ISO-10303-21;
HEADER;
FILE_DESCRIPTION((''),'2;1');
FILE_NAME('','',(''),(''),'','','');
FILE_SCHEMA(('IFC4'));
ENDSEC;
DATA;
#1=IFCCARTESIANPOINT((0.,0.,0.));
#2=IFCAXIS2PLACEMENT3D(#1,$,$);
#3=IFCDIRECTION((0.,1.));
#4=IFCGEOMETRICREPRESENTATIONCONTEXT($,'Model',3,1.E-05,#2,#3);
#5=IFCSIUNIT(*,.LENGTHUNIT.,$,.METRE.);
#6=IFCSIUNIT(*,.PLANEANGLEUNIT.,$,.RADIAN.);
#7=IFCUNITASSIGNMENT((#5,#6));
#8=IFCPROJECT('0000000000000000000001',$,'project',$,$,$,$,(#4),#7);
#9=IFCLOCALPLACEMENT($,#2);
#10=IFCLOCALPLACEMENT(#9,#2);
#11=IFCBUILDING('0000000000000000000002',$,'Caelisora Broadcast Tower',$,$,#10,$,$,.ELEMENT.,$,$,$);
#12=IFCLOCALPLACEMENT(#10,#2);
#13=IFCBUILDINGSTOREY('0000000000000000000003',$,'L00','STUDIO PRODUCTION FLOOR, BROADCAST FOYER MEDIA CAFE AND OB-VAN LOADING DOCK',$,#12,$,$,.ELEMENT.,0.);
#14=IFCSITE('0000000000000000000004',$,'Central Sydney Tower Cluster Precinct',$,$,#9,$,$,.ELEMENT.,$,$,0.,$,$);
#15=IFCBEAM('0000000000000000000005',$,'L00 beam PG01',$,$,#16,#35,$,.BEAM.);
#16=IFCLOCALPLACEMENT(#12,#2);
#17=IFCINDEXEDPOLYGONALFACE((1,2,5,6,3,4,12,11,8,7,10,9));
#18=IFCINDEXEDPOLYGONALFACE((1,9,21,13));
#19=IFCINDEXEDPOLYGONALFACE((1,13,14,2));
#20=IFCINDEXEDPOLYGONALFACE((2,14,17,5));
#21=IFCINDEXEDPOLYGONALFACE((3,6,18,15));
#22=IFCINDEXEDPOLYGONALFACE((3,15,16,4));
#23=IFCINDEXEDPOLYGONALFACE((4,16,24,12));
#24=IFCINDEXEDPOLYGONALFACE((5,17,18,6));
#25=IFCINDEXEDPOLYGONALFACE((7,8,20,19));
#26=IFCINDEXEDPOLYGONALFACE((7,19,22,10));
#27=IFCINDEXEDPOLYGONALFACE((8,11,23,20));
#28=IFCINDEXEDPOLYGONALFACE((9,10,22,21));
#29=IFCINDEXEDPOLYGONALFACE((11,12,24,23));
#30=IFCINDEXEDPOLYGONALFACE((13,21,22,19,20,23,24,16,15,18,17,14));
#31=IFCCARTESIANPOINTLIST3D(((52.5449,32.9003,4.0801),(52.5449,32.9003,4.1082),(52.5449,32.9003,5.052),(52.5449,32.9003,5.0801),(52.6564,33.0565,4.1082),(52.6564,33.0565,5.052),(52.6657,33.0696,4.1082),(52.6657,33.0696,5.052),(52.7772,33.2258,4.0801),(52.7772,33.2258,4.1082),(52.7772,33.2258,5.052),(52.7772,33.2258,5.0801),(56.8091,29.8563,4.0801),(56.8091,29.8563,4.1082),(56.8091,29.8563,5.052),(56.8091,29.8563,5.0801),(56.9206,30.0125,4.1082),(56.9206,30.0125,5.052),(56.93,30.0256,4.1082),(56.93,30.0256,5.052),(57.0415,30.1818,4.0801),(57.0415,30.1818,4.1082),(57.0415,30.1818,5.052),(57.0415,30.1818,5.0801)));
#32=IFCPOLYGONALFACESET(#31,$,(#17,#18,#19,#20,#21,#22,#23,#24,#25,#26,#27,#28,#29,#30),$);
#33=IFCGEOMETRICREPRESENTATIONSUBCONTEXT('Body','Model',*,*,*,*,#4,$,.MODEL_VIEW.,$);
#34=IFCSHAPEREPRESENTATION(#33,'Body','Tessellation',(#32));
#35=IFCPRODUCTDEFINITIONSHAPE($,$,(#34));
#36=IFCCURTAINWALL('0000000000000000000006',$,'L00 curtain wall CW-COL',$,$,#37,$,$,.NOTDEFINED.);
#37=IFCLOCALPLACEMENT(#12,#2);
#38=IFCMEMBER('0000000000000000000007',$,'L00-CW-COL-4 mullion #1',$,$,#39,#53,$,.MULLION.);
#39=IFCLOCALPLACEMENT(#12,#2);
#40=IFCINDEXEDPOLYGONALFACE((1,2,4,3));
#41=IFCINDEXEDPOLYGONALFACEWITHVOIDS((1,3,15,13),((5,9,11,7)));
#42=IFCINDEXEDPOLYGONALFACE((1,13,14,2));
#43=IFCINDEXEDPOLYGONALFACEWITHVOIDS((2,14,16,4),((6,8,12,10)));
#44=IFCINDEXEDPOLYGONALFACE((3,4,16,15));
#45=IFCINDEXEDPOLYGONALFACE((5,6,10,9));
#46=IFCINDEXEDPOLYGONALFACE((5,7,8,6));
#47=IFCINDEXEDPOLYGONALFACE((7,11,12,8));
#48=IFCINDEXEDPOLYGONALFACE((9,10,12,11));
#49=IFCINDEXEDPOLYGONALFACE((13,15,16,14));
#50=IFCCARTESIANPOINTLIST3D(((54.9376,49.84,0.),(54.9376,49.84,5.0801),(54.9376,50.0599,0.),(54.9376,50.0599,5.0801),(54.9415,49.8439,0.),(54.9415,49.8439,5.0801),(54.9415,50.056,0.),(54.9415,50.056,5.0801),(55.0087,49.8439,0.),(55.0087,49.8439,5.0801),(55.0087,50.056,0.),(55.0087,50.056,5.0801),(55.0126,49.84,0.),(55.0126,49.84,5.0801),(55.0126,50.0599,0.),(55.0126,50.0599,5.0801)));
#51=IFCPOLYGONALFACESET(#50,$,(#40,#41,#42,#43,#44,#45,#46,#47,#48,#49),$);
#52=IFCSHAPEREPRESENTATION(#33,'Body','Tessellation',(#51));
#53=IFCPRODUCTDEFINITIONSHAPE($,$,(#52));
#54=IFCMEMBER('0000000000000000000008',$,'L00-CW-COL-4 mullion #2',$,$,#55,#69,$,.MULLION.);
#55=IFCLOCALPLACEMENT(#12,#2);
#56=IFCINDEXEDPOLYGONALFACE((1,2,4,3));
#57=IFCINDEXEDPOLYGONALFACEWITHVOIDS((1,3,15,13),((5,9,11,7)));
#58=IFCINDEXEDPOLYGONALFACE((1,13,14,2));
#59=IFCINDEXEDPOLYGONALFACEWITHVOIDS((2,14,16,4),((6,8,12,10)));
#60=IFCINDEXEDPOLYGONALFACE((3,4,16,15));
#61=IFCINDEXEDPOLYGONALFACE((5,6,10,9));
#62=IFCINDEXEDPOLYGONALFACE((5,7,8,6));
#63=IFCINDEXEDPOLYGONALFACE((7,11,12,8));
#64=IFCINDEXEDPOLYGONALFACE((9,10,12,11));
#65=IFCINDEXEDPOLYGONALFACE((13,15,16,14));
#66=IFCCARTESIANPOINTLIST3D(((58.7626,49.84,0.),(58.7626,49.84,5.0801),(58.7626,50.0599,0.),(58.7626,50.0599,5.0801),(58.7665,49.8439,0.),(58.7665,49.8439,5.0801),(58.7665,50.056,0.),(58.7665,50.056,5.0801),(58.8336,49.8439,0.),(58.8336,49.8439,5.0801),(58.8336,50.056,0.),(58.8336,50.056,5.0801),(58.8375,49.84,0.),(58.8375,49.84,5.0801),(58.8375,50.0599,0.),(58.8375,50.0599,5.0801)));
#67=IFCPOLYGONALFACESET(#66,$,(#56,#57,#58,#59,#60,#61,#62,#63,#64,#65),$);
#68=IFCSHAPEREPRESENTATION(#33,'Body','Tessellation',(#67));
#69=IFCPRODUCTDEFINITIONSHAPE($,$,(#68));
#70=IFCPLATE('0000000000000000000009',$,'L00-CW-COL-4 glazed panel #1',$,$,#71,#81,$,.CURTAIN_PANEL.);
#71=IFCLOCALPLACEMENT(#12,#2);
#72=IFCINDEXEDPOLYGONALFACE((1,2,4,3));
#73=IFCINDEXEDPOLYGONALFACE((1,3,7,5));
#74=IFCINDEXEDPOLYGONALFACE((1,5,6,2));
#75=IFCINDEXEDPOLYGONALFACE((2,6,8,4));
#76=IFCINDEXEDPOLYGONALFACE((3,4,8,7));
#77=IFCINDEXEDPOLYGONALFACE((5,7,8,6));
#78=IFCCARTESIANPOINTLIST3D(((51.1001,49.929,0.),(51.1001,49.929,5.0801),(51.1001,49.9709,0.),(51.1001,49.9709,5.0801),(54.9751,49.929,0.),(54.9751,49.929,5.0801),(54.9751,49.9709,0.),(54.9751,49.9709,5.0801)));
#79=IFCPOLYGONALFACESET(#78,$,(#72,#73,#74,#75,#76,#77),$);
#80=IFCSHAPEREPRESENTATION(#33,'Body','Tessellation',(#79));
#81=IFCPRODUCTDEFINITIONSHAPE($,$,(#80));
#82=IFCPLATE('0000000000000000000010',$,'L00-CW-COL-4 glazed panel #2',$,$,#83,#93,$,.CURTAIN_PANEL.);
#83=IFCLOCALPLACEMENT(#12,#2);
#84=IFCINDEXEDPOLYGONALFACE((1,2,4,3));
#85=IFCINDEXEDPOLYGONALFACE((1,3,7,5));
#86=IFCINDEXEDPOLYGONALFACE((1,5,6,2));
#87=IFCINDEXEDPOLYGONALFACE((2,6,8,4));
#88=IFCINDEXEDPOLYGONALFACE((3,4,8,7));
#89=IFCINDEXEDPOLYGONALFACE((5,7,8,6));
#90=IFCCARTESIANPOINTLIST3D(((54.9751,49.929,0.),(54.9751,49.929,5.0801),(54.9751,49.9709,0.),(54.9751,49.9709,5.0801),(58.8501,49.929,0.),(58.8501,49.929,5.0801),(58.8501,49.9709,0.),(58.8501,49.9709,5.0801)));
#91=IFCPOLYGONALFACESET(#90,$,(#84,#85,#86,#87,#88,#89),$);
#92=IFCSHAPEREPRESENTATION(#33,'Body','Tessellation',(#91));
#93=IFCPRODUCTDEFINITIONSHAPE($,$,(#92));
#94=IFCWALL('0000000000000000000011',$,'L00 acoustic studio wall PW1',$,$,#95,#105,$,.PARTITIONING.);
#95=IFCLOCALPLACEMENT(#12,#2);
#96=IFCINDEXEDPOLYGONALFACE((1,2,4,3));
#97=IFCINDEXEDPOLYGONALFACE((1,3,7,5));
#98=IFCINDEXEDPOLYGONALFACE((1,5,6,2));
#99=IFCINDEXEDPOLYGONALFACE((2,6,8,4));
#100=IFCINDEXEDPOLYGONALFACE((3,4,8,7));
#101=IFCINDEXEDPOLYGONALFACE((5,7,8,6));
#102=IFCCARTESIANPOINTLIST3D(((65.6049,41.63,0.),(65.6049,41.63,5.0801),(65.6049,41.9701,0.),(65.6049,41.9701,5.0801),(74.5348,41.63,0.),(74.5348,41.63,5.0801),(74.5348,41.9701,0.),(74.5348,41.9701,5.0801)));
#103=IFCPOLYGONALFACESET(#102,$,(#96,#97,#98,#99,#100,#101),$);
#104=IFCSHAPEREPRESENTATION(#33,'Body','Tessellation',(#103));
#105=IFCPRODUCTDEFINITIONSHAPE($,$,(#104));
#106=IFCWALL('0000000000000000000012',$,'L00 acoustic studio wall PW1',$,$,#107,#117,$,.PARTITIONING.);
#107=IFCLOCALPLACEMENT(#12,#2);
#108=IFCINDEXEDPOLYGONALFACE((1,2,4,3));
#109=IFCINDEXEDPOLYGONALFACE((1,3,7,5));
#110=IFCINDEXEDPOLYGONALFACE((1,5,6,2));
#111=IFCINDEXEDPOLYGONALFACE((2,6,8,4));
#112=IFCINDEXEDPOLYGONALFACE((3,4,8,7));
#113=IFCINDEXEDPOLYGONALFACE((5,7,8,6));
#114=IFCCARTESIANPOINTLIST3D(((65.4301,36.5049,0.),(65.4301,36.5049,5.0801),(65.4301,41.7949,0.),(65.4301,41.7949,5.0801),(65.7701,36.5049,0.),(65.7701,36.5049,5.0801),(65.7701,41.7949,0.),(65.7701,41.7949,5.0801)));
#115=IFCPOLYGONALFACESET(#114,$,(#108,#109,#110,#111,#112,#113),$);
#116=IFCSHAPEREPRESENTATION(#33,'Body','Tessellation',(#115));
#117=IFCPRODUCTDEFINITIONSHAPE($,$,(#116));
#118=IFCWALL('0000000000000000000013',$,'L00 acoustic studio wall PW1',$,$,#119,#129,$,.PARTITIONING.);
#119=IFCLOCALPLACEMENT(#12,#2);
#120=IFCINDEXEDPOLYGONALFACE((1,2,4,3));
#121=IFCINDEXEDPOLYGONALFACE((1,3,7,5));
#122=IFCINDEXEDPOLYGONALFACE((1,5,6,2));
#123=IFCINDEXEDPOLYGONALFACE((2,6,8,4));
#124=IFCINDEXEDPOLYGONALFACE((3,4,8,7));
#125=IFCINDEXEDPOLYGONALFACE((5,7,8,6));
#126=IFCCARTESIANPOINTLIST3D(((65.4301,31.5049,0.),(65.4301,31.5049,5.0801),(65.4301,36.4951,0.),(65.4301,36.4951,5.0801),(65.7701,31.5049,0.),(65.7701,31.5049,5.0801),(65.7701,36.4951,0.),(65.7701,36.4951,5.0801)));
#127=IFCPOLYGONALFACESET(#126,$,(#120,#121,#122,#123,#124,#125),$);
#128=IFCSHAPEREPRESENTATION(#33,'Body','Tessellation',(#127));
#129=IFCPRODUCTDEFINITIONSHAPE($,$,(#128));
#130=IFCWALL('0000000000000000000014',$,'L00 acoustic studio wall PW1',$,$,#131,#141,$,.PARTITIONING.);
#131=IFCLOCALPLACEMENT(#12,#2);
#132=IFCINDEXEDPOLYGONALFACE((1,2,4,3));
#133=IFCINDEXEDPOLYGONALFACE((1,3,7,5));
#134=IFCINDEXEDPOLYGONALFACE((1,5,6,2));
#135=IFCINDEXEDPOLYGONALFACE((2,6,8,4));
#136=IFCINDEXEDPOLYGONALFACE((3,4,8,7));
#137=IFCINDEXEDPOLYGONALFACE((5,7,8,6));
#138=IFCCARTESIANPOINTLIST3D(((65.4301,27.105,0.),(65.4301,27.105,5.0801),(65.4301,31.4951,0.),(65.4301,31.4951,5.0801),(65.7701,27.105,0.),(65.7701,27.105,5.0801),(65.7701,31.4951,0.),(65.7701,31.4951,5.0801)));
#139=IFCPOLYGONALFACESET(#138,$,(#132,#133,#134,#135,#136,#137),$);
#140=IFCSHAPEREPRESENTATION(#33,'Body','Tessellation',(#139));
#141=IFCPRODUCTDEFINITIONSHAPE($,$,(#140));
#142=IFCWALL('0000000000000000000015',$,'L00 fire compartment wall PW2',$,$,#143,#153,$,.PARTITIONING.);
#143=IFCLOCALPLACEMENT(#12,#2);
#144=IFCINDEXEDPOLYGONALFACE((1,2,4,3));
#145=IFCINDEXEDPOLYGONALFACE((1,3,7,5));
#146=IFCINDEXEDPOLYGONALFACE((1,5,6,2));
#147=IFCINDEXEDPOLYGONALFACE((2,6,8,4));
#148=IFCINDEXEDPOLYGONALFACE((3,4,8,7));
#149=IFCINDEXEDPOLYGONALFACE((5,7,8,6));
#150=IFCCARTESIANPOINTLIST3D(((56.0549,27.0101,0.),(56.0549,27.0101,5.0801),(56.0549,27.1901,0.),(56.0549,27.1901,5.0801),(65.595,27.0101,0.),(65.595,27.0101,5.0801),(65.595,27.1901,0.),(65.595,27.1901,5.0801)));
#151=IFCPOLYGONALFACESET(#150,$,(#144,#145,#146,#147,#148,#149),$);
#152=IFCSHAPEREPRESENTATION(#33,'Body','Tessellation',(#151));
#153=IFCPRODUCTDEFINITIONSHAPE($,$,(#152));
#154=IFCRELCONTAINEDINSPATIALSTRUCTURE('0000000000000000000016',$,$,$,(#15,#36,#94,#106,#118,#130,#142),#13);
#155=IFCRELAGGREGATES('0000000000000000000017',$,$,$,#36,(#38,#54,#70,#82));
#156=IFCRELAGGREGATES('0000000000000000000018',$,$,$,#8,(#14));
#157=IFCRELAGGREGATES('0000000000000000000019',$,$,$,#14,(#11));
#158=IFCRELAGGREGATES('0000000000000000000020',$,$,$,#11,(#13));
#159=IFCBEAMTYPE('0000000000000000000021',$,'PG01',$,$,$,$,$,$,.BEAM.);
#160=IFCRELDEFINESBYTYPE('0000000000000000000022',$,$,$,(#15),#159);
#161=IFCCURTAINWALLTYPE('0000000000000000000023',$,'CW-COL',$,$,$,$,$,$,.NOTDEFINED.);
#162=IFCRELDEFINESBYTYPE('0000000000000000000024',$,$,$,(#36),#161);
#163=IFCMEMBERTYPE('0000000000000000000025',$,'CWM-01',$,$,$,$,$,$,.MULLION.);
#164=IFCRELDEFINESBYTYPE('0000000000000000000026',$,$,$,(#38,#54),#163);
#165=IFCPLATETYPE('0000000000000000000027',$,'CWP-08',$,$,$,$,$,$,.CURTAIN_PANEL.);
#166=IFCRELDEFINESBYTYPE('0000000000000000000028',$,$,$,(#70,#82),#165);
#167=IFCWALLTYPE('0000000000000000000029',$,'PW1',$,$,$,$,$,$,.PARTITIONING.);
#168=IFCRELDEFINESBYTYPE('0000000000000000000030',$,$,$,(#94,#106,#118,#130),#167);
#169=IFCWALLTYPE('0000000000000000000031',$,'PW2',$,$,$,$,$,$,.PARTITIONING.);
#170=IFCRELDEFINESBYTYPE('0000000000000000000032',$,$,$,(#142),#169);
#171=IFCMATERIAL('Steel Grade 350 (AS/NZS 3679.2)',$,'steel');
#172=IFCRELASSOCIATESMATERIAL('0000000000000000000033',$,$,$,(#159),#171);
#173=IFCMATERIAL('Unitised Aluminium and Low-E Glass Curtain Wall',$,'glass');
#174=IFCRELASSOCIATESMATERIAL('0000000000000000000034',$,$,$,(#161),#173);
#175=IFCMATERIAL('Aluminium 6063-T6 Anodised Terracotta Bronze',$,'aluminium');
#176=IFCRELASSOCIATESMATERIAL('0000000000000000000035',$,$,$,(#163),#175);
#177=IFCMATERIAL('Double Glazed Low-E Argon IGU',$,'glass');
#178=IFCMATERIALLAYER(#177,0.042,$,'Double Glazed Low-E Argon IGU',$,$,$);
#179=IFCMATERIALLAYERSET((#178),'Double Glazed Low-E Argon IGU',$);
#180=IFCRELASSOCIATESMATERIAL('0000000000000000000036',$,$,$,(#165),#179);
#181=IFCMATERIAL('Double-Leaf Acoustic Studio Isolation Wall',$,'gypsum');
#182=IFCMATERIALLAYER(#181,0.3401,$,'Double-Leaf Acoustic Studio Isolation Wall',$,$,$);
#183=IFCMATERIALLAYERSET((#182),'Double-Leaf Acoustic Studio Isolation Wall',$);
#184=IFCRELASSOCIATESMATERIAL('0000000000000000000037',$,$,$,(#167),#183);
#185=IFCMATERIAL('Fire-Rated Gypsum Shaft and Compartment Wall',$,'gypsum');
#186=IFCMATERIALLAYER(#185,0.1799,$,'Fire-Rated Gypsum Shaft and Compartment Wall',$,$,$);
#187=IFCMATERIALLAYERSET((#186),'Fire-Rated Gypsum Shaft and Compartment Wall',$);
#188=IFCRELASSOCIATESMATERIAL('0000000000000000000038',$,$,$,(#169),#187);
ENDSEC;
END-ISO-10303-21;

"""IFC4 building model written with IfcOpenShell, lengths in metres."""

from ifc_helpers import new_model, si_unit, direction, frame, frame_2d, origin, origin_2d, place, context, subcontext, project, spatial, rectangle, hollow_rectangle, i_section, extrude, source, transform, mapped, material, layer, layer_set, material_profile, profile_set, type_object, type_shapes, element, aggregate, save


model = new_model("IFC4")

# Units and contexts
model_context = context("Model", 3, precision=1e-05, world=origin(), true_north=direction((0.0, 1.0)))
body_context = subcontext(model_context, "Body", "Model", "MODEL_VIEW")
ifc_project = project(units=[si_unit("LENGTHUNIT", "METRE"), si_unit("PLANEANGLEUNIT", "RADIAN")], contexts=[model_context])

# Site, building, storey
site_placement = place(None, origin())
site = spatial("IfcSite", under=ifc_project, at=site_placement, Name="Central Sydney Tower Cluster Precinct", CompositionType="ELEMENT", RefElevation=0.0)
building_placement = place(site_placement, origin())
building = spatial("IfcBuilding", under=site, at=building_placement, Name="Caelisora Broadcast Tower", CompositionType="ELEMENT")
storey_placement = place(building_placement, origin())
storey = spatial("IfcBuildingStorey", under=building, at=storey_placement, Name="L00", Description="STUDIO PRODUCTION FLOOR, BROADCAST FOYER MEDIA CAFE AND OB-VAN LOADING DOCK", CompositionType="ELEMENT", Elevation=0.0)

# Beam
ifc_material_1 = material(Name="Steel Grade 350 (AS/NZS 3679.2)", Category="steel")
ifc_material_profile_1 = material_profile(ifc_material_1, i_section(OverallWidth=0.3999, OverallDepth=1.0, WebThickness=0.0161, FlangeThickness=0.0281, at=origin_2d()), Name="Steel Grade 350 (AS/NZS 3679.2)")
ifc_profile_set_1 = profile_set([ifc_material_profile_1], Name="Steel Grade 350 (AS/NZS 3679.2)")
beam_type_1 = type_object("IfcBeamType", Name="PG01", PredefinedType="BEAM", material=ifc_profile_set_1)
shared_shape_1 = source(origin(), body_context, "Body", "SweptSolid", [
    extrude(i_section(OverallWidth=0.3999, OverallDepth=1.0, WebThickness=0.0161, FlangeThickness=0.0281, at=origin_2d()), origin(), (0.0, 0.0, 1.0), 5.2393),
])
beam_1_placement = place(storey_placement, frame((56.9253, 30.019, 4.5801), z_axis=(-0.813903, 0.581, 0.0), x_axis=(-0.581, -0.813903, 0.0)))
element("IfcBeam", 1, at=beam_1_placement, inside=storey, type_object=beam_type_1, Name="L00 beam PG01", PredefinedType="BEAM", context=body_context, shape_type="MappedRepresentation", body=[
    mapped(shared_shape_1, transform((0.0, 0.0, 0.0), scale=1.0)),
])

# Curtain wall, members, plates
ifc_material_2 = material(Name="Unitised Aluminium and Low-E Glass Curtain Wall", Category="glass")
curtain_wall_type = type_object("IfcCurtainWallType", Name="CW-COL", PredefinedType="NOTDEFINED", material=ifc_material_2)
curtain_wall_placement = place(storey_placement, origin())
curtain_wall = element("IfcCurtainWall", 2, at=curtain_wall_placement, inside=storey, type_object=curtain_wall_type, Name="L00 curtain wall CW-COL", PredefinedType="NOTDEFINED")
ifc_material_3 = material(Name="Aluminium 6063-T6 Anodised Terracotta Bronze", Category="aluminium")
ifc_material_profile_2 = material_profile(ifc_material_3, hollow_rectangle(XDim=0.075, YDim=0.22, WallThickness=0.0039, at=origin_2d()), Name="Aluminium 6063-T6 Anodised Terracotta Bronze")
ifc_profile_set_2 = profile_set([ifc_material_profile_2], Name="Aluminium 6063-T6 Anodised Terracotta Bronze")
member_type = type_object("IfcMemberType", Name="CWM-01", PredefinedType="MULLION", material=ifc_profile_set_2)
shared_shape_2 = source(origin(), body_context, "Body", "SweptSolid", [
    extrude(hollow_rectangle(XDim=0.075, YDim=0.22, WallThickness=0.0039, at=origin_2d()), origin(), (0.0, 0.0, 1.0), 5.0801),
])
type_shapes(member_type, [shared_shape_2])
member_1_placement = place(storey_placement, frame((54.9751, 49.95, 0.0), z_axis=(0.0, 0.0, 1.0), x_axis=(1.0, 0.0, 0.0)))
member_1 = element("IfcMember", 3, at=member_1_placement, type_object=member_type, Name="L00-CW-COL-4 mullion #1", PredefinedType="MULLION", context=body_context, shape_type="MappedRepresentation", body=[
    mapped(shared_shape_2, transform((0.0, 0.0, 0.0), scale=1.0)),
])
member_2_placement = place(storey_placement, frame((58.8, 49.95, 0.0), z_axis=(0.0, 0.0, 1.0), x_axis=(1.0, 0.0, 0.0)))
member_2 = element("IfcMember", 4, at=member_2_placement, type_object=member_type, Name="L00-CW-COL-4 mullion #2", PredefinedType="MULLION", context=body_context, shape_type="MappedRepresentation", body=[
    mapped(shared_shape_2, transform((0.0, 0.0, 0.0), scale=1.0)),
])
ifc_material_4 = material(Name="Double Glazed Low-E Argon IGU", Category="glass")
ifc_layer_1 = layer(ifc_material_4, 0.042, Name="Double Glazed Low-E Argon IGU")
ifc_layer_set_1 = layer_set([ifc_layer_1], Name="Double Glazed Low-E Argon IGU")
plate_type = type_object("IfcPlateType", Name="CWP-08", PredefinedType="CURTAIN_PANEL", material=ifc_layer_set_1)
shared_shape_3 = source(origin(), body_context, "Body", "SweptSolid", [
    extrude(rectangle(XDim=3.875, YDim=0.042, at=origin_2d()), origin(), (0.0, 0.0, 1.0), 5.0801),
])
type_shapes(plate_type, [shared_shape_3])
plate_1_placement = place(storey_placement, frame((53.0376, 49.95, 0.0), z_axis=(0.0, 0.0, 1.0), x_axis=(1.0, 0.0, 0.0)))
plate_1 = element("IfcPlate", 5, at=plate_1_placement, type_object=plate_type, Name="L00-CW-COL-4 glazed panel #1", PredefinedType="CURTAIN_PANEL", context=body_context, shape_type="MappedRepresentation", body=[
    mapped(shared_shape_3, transform((0.0, 0.0, 0.0), scale=1.0)),
])
plate_2_placement = place(storey_placement, frame((56.9126, 49.95, 0.0), z_axis=(0.0, 0.0, 1.0), x_axis=(1.0, 0.0, 0.0)))
plate_2 = element("IfcPlate", 6, at=plate_2_placement, type_object=plate_type, Name="L00-CW-COL-4 glazed panel #2", PredefinedType="CURTAIN_PANEL", context=body_context, shape_type="MappedRepresentation", body=[
    mapped(shared_shape_3, transform((0.0, 0.0, 0.0), scale=1.0)),
])
aggregate(curtain_wall, [member_1, member_2, plate_1, plate_2])

# Walls
ifc_material_5 = material(Name="Double-Leaf Acoustic Studio Isolation Wall", Category="gypsum")
ifc_layer_2 = layer(ifc_material_5, 0.3401, Name="Double-Leaf Acoustic Studio Isolation Wall")
ifc_layer_set_2 = layer_set([ifc_layer_2], Name="Double-Leaf Acoustic Studio Isolation Wall")
wall_type_1 = type_object("IfcWallType", Name="PW1", PredefinedType="PARTITIONING", material=ifc_layer_set_2)
wall_1_placement = place(storey_placement, frame((65.605, 41.8, 0.0), z_axis=(0.0, 0.0, 1.0), x_axis=(1.0, 0.0, 0.0)))
element("IfcWall", 7, at=wall_1_placement, inside=storey, type_object=wall_type_1, Name="L00 acoustic studio wall PW1", PredefinedType="PARTITIONING", context=body_context, shape_type="SweptSolid", body=[
    extrude(rectangle(XDim=8.9299, YDim=0.3401, at=frame_2d((4.4648, 0.0))), origin(), (0.0, 0.0, 1.0), 5.0801),
])
wall_2_placement = place(storey_placement, frame((65.6001, 36.5049, 0.0), z_axis=(0.0, 0.0, 1.0), x_axis=(0.0, 1.0, 0.0)))
element("IfcWall", 8, at=wall_2_placement, inside=storey, type_object=wall_type_1, Name="L00 acoustic studio wall PW1", PredefinedType="PARTITIONING", context=body_context, shape_type="SweptSolid", body=[
    extrude(rectangle(XDim=5.29, YDim=0.3401, at=frame_2d((2.645, 0.0))), origin(), (0.0, 0.0, 1.0), 5.0801),
])
wall_3_placement = place(storey_placement, frame((65.6001, 31.5049, 0.0), z_axis=(0.0, 0.0, 1.0), x_axis=(0.0, 1.0, 0.0)))
element("IfcWall", 9, at=wall_3_placement, inside=storey, type_object=wall_type_1, Name="L00 acoustic studio wall PW1", PredefinedType="PARTITIONING", context=body_context, shape_type="SweptSolid", body=[
    extrude(rectangle(XDim=4.9902, YDim=0.3401, at=frame_2d((2.4951, 0.0))), origin(), (0.0, 0.0, 1.0), 5.0801),
])
wall_4_placement = place(storey_placement, frame((65.6001, 27.105, 0.0), z_axis=(0.0, 0.0, 1.0), x_axis=(0.0, 1.0, 0.0)))
element("IfcWall", 10, at=wall_4_placement, inside=storey, type_object=wall_type_1, Name="L00 acoustic studio wall PW1", PredefinedType="PARTITIONING", context=body_context, shape_type="SweptSolid", body=[
    extrude(rectangle(XDim=4.3901, YDim=0.3401, at=frame_2d((2.1951, 0.0))), origin(), (0.0, 0.0, 1.0), 5.0801),
])
ifc_material_6 = material(Name="Fire-Rated Gypsum Shaft and Compartment Wall", Category="gypsum")
ifc_layer_3 = layer(ifc_material_6, 0.1799, Name="Fire-Rated Gypsum Shaft and Compartment Wall")
ifc_layer_set_3 = layer_set([ifc_layer_3], Name="Fire-Rated Gypsum Shaft and Compartment Wall")
wall_type_2 = type_object("IfcWallType", Name="PW2", PredefinedType="PARTITIONING", material=ifc_layer_set_3)
wall_5_placement = place(storey_placement, frame((56.0549, 27.1001, 0.0), z_axis=(0.0, 0.0, 1.0), x_axis=(1.0, 0.0, 0.0)))
element("IfcWall", 11, at=wall_5_placement, inside=storey, type_object=wall_type_2, Name="L00 fire compartment wall PW2", PredefinedType="PARTITIONING", context=body_context, shape_type="SweptSolid", body=[
    extrude(rectangle(XDim=9.54, YDim=0.1799, at=frame_2d((4.77, 0.0))), origin(), (0.0, 0.0, 1.0), 5.0801),
])

save(model, "model.ifc")
